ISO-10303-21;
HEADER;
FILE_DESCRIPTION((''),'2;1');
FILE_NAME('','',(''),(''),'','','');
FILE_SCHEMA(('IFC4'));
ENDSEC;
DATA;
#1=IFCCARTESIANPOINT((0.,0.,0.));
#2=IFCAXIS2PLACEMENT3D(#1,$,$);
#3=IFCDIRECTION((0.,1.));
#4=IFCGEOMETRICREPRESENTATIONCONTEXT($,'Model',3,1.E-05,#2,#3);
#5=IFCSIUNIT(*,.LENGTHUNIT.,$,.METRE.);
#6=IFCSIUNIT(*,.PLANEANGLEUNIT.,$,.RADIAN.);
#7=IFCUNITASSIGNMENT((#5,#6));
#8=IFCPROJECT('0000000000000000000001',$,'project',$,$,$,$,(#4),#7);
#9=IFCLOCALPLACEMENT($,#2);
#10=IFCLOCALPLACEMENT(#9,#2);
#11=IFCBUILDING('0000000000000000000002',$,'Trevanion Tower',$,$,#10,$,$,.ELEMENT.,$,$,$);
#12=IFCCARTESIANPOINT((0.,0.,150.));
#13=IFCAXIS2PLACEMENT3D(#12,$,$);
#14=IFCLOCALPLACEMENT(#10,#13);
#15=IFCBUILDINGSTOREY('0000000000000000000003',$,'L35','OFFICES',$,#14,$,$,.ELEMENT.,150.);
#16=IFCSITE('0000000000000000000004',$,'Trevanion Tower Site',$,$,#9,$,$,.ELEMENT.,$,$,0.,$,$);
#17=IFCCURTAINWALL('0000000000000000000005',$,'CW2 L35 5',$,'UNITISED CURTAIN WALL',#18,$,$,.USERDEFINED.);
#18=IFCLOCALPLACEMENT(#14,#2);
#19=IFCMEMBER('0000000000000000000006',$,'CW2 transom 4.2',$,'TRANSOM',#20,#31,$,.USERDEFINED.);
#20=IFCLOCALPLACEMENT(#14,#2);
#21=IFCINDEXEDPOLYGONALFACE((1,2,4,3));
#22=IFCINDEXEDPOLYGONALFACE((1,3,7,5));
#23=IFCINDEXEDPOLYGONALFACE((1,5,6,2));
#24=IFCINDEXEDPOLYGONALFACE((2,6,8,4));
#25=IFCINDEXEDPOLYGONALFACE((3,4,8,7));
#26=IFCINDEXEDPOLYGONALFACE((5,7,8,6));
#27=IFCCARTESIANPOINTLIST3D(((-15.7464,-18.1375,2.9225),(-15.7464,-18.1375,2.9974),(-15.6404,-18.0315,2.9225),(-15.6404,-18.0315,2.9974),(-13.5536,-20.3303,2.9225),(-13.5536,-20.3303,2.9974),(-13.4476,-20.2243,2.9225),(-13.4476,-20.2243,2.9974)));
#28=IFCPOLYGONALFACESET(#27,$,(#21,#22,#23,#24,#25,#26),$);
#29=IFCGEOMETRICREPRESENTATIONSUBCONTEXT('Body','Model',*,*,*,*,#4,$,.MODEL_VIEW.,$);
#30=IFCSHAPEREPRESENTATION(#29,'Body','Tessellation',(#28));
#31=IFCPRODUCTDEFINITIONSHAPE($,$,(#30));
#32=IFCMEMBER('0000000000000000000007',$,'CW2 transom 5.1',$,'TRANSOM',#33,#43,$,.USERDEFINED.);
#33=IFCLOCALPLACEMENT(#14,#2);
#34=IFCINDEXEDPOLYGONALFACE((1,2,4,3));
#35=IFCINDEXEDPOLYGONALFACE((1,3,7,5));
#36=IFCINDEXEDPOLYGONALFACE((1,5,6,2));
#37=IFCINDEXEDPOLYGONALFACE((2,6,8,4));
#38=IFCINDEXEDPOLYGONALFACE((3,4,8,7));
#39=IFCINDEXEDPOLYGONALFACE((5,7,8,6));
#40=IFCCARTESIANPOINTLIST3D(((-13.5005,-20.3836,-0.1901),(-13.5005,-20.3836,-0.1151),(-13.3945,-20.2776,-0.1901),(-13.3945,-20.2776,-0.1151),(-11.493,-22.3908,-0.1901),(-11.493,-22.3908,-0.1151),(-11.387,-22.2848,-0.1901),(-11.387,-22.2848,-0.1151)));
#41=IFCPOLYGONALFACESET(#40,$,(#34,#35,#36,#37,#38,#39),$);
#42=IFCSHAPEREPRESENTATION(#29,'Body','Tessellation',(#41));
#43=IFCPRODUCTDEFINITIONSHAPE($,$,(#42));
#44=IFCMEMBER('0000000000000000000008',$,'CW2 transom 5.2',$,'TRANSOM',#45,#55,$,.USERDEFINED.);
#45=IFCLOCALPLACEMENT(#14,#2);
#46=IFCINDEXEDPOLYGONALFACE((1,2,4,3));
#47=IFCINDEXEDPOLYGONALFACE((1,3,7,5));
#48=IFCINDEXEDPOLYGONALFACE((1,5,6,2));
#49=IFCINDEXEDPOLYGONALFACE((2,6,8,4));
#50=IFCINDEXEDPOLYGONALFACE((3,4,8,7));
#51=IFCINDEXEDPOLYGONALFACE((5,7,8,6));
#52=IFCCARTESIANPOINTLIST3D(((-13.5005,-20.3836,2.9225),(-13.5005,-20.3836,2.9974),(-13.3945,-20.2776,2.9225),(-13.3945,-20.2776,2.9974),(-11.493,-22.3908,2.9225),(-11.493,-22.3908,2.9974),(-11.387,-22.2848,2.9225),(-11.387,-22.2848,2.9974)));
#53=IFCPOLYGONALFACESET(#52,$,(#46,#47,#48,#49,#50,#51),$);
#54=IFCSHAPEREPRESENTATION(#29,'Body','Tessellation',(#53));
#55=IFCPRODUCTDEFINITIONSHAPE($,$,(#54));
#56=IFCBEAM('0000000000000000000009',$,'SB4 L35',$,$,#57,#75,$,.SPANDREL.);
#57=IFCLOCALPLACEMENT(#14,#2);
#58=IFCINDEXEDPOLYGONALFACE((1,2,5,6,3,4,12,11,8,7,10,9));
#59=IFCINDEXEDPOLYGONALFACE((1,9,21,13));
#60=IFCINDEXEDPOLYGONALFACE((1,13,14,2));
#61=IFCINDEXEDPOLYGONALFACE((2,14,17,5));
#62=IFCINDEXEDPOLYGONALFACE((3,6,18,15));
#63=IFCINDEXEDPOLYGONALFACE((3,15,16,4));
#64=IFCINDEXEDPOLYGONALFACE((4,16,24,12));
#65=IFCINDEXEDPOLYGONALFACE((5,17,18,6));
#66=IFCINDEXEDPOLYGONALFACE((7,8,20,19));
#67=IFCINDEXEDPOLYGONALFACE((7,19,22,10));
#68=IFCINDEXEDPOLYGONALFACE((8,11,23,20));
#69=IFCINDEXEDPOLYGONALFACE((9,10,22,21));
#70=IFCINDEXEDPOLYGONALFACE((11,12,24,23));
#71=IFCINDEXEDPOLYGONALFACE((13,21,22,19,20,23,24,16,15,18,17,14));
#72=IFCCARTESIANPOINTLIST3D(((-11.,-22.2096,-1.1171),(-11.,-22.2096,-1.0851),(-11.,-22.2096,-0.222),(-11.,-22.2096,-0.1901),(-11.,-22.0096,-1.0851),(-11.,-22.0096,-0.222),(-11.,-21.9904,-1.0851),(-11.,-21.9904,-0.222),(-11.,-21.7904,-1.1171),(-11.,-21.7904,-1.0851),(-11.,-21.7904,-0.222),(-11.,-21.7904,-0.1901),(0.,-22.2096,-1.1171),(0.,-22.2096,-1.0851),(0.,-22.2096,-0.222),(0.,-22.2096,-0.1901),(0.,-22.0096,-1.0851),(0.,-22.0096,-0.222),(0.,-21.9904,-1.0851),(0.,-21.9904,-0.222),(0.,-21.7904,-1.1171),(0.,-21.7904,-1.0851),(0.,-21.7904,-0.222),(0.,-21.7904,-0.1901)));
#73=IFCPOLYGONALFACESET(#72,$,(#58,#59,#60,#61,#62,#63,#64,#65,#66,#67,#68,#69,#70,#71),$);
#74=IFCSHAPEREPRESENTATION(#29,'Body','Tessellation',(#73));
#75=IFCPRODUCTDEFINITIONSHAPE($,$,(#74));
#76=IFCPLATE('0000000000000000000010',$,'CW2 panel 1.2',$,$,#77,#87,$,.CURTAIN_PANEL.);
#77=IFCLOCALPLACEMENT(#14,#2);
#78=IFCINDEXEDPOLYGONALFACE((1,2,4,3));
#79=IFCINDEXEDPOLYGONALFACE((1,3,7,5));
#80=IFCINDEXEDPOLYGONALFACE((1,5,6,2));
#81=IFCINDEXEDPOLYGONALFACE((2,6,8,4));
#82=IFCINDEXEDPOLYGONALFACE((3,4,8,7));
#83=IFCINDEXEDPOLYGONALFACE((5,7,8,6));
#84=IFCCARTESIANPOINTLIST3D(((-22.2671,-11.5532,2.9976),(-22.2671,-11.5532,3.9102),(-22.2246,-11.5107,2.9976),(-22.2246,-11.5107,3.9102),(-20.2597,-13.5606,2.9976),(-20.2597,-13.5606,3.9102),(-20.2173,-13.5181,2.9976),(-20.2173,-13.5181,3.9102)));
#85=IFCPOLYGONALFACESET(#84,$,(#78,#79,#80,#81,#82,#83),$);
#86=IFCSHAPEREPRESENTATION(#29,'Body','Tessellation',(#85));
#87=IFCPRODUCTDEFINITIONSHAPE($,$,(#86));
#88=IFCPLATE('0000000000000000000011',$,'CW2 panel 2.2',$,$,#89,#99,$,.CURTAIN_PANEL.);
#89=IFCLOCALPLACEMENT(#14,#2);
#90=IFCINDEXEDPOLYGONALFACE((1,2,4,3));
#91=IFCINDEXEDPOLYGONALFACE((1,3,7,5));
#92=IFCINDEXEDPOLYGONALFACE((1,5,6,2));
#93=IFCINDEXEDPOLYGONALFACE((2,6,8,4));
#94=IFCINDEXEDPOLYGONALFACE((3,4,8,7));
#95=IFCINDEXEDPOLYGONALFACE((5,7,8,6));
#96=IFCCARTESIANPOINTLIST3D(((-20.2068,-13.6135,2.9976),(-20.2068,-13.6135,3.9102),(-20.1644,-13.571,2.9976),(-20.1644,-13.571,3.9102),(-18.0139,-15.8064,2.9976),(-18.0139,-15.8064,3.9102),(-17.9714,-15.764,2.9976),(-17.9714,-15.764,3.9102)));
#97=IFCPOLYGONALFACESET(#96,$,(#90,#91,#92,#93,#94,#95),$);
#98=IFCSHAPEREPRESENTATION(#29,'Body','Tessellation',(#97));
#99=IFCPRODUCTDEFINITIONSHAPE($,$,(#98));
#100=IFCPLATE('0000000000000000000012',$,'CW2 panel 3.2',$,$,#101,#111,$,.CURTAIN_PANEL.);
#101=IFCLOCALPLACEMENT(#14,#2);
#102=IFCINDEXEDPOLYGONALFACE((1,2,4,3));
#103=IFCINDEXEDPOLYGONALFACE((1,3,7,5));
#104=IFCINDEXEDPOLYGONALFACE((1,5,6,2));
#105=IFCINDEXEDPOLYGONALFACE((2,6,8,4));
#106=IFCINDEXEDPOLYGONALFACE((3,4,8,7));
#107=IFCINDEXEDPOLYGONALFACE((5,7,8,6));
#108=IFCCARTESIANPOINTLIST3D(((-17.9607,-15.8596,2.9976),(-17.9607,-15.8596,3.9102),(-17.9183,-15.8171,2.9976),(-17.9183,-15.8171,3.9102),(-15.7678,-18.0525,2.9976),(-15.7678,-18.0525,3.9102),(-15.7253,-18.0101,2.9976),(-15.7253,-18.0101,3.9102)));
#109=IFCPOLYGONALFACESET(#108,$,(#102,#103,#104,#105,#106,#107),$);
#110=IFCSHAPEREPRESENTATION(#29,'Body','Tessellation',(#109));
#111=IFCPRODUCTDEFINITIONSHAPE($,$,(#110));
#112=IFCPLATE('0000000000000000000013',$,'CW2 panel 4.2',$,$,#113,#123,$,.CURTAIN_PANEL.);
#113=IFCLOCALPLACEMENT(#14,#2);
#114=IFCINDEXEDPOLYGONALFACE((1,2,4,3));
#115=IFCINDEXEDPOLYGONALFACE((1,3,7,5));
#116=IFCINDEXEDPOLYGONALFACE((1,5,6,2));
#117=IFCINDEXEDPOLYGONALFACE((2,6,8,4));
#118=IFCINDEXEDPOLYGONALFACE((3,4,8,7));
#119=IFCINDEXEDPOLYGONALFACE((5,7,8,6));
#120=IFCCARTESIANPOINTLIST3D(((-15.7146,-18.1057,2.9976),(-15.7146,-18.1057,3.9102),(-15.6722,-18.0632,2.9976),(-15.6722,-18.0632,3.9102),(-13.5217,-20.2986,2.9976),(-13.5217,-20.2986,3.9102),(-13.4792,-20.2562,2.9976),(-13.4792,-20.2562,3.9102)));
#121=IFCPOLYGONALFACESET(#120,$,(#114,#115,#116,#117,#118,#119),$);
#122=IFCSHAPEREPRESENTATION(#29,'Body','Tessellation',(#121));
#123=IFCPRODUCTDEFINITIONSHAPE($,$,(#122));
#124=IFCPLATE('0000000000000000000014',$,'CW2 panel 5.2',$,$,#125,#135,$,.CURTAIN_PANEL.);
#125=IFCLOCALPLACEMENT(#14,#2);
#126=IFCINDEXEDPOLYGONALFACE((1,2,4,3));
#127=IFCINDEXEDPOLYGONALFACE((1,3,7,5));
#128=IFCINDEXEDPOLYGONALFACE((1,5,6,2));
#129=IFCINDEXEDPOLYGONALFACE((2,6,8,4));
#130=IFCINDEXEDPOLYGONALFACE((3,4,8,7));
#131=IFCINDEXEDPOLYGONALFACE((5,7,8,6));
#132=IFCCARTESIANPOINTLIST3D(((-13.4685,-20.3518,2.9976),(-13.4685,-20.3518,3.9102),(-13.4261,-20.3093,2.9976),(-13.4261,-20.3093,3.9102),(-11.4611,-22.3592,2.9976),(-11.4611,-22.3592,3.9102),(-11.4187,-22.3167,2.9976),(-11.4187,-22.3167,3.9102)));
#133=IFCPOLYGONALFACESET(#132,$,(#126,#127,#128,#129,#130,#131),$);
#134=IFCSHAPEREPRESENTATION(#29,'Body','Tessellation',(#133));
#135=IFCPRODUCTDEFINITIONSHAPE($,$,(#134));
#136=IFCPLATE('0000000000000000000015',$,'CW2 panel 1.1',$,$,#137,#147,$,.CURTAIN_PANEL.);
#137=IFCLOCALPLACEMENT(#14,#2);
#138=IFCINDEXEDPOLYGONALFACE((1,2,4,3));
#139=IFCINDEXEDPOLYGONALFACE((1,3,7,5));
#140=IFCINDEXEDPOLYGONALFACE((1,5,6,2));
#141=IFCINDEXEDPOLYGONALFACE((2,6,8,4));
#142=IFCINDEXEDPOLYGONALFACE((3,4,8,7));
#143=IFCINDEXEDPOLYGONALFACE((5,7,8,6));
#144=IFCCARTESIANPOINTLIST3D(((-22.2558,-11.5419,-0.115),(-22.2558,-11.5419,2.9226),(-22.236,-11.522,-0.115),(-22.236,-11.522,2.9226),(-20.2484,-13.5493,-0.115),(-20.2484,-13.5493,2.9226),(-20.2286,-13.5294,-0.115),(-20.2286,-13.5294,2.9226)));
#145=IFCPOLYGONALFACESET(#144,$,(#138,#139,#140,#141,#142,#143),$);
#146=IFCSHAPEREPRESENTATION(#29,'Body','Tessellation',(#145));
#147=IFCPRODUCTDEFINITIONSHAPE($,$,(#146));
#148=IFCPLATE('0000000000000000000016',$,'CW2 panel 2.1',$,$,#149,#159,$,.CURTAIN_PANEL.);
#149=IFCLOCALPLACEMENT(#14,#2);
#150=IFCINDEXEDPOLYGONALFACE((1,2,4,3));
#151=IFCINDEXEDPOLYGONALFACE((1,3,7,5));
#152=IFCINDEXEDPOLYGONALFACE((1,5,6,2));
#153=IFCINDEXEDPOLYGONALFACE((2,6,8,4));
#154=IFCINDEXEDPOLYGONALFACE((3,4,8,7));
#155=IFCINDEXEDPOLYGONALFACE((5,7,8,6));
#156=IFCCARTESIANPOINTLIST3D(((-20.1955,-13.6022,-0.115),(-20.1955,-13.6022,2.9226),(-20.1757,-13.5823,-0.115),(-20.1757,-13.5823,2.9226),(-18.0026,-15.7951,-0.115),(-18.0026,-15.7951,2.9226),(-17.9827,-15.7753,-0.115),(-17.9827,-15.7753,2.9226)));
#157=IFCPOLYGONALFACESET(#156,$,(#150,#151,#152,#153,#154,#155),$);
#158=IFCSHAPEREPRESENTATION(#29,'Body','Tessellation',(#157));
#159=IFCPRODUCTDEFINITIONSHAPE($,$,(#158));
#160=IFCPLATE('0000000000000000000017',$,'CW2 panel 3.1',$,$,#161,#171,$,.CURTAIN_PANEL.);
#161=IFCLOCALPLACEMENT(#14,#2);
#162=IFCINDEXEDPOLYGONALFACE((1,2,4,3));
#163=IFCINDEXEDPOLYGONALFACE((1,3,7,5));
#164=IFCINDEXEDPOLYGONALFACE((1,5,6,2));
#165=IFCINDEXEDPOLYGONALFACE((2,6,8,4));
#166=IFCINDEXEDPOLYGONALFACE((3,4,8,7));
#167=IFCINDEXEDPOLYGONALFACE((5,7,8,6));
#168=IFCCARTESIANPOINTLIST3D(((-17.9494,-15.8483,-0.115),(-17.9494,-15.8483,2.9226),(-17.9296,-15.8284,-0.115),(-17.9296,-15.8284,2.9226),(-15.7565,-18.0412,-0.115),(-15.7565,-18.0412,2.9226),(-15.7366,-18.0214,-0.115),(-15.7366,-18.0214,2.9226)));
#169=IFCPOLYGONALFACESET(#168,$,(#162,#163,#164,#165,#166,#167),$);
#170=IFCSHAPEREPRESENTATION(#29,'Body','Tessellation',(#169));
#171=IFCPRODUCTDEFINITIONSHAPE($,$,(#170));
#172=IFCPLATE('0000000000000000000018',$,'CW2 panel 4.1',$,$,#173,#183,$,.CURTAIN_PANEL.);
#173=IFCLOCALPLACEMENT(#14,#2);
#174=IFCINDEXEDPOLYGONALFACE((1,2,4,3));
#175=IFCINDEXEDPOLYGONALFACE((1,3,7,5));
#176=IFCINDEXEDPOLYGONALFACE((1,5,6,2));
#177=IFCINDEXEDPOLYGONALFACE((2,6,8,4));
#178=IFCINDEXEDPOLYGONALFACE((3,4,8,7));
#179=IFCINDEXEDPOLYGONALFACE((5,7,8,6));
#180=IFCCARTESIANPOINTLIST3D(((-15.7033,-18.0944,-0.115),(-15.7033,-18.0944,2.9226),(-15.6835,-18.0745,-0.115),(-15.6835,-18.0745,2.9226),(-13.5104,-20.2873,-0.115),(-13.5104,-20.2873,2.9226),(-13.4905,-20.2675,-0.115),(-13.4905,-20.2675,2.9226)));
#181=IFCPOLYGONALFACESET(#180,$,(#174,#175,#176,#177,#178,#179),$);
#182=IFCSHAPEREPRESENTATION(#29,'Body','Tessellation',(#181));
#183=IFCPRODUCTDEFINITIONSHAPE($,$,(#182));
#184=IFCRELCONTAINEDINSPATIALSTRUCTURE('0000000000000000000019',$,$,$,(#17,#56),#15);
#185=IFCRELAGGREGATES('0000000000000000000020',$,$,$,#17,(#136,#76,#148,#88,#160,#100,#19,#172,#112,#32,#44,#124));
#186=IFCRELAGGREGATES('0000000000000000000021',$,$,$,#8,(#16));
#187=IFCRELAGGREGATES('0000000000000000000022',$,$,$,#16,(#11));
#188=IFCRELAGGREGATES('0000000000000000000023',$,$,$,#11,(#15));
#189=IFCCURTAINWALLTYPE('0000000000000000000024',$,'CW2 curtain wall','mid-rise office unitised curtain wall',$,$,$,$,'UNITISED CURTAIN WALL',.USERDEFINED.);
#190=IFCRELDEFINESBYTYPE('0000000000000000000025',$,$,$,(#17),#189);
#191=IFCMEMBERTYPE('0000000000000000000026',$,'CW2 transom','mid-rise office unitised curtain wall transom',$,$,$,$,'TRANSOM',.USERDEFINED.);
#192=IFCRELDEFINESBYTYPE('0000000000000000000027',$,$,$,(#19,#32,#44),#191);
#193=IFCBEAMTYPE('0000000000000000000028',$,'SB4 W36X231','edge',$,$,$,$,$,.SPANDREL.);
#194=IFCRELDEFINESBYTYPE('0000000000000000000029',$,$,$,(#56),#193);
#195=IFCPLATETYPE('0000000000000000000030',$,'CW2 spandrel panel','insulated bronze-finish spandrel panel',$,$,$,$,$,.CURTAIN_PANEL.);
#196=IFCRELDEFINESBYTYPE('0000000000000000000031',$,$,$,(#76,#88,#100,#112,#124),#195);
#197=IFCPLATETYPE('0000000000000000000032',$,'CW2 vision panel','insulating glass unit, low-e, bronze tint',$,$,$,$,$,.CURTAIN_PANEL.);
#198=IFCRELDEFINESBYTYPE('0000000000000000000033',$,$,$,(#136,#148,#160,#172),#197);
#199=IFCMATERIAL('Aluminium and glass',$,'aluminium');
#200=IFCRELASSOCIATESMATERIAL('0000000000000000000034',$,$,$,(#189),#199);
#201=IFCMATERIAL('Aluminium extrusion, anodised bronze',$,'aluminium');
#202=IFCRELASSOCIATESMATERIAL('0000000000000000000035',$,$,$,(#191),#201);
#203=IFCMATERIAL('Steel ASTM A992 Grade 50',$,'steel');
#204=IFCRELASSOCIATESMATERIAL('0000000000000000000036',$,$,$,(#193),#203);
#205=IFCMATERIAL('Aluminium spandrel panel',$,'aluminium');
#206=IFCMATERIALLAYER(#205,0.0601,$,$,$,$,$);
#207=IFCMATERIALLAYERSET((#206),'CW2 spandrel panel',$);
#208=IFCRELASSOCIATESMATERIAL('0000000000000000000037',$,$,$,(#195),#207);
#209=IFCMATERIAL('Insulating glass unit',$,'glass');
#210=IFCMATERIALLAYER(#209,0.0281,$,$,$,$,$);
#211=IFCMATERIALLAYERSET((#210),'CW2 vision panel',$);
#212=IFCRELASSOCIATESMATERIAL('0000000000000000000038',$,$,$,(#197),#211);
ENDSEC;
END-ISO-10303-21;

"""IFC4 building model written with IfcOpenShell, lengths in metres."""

from ifc_helpers import new_model, si_unit, direction, frame, origin, origin_2d, place, context, subcontext, project, spatial, rectangle, i_section, extrude, material, layer, layer_set, material_profile, profile_set, type_object, element, aggregate, save


model = new_model("IFC4")

# Units and contexts
model_context = context("Model", 3, precision=1e-05, world=origin(), true_north=direction((0.0, 1.0)))
body_context = subcontext(model_context, "Body", "Model", "MODEL_VIEW")
ifc_project = project(units=[si_unit("LENGTHUNIT", "METRE"), si_unit("PLANEANGLEUNIT", "RADIAN")], contexts=[model_context])

# Site, building, storey
site_placement = place(None, origin())
site = spatial("IfcSite", under=ifc_project, at=site_placement, Name="Trevanion Tower Site", CompositionType="ELEMENT", RefElevation=0.0)
building_placement = place(site_placement, origin())
building = spatial("IfcBuilding", under=site, at=building_placement, Name="Trevanion Tower", CompositionType="ELEMENT")
storey_placement = place(building_placement, frame((0.0, 0.0, 150.0)))
storey = spatial("IfcBuildingStorey", under=building, at=storey_placement, Name="L35", Description="OFFICES", CompositionType="ELEMENT", Elevation=150.0)

# Curtain wall, members
ifc_material_1 = material(Name="Aluminium and glass", Category="aluminium")
curtain_wall_type = type_object("IfcCurtainWallType", Name="CW2 curtain wall", Description="mid-rise office unitised curtain wall", ElementType="UNITISED CURTAIN WALL", PredefinedType="USERDEFINED", material=ifc_material_1)
curtain_wall_placement = place(storey_placement, origin())
curtain_wall = element("IfcCurtainWall", 1, at=curtain_wall_placement, inside=storey, type_object=curtain_wall_type, Name="CW2 L35 5", ObjectType="UNITISED CURTAIN WALL", PredefinedType="USERDEFINED")
ifc_material_2 = material(Name="Aluminium extrusion, anodised bronze", Category="aluminium")
ifc_material_profile_1 = material_profile(ifc_material_2, rectangle(XDim=0.1499, YDim=0.075, at=origin_2d()), Name="CW2 transom")
ifc_profile_set_1 = profile_set([ifc_material_profile_1], Name="Aluminium extrusion, anodised bronze")
member_type_1 = type_object("IfcMemberType", Name="CW2 transom", Description="mid-rise office unitised curtain wall transom", ElementType="TRANSOM", PredefinedType="USERDEFINED", material=ifc_profile_set_1)
member_1_placement = place(storey_placement, frame((-15.6934, -18.0845, 2.96), z_axis=(0.707107, -0.707107, 0.0), x_axis=(0.707107, 0.707107, 0.0)))
member_1 = element("IfcMember", 2, at=member_1_placement, type_object=member_type_1, Name="CW2 transom 4.2", ObjectType="TRANSOM", PredefinedType="USERDEFINED", context=body_context, shape_type="SweptSolid", body=[
    extrude(rectangle(XDim=0.1499, YDim=0.075, at=origin_2d()), origin(), (0.0, 0.0, 1.0), 3.1011),
])
member_2_placement = place(storey_placement, frame((-13.4475, -20.3306, -0.1526), z_axis=(0.70715, -0.707064, 0.0), x_axis=(0.707064, 0.70715, 0.0)))
member_2 = element("IfcMember", 3, at=member_2_placement, type_object=member_type_1, Name="CW2 transom 5.1", ObjectType="TRANSOM", PredefinedType="USERDEFINED", context=body_context, shape_type="SweptSolid", body=[
    extrude(rectangle(XDim=0.1499, YDim=0.075, at=origin_2d()), origin(), (0.0, 0.0, 1.0), 2.8389),
])
member_3_placement = place(storey_placement, frame((-13.4475, -20.3306, 2.96), z_axis=(0.70715, -0.707064, 0.0), x_axis=(0.707064, 0.70715, 0.0)))
member_3 = element("IfcMember", 4, at=member_3_placement, type_object=member_type_1, Name="CW2 transom 5.2", ObjectType="TRANSOM", PredefinedType="USERDEFINED", context=body_context, shape_type="SweptSolid", body=[
    extrude(rectangle(XDim=0.1499, YDim=0.075, at=origin_2d()), origin(), (0.0, 0.0, 1.0), 2.8389),
])

# Beam
ifc_material_3 = material(Name="Steel ASTM A992 Grade 50", Category="steel")
ifc_material_profile_2 = material_profile(ifc_material_3, i_section(OverallWidth=0.4192, OverallDepth=0.927, WebThickness=0.0193, FlangeThickness=0.032, at=origin_2d()), Name="W36X231")
ifc_profile_set_2 = profile_set([ifc_material_profile_2], Name="Steel ASTM A992 Grade 50")
beam_type_1 = type_object("IfcBeamType", Name="SB4 W36X231", Description="edge", PredefinedType="SPANDREL", material=ifc_profile_set_2)
beam_1_placement = place(storey_placement, frame((-11.0, -22.0, -0.6536), z_axis=(1.0, 0.0, 0.0), x_axis=(0.0, 1.0, 0.0)))
element("IfcBeam", 5, at=beam_1_placement, inside=storey, type_object=beam_type_1, Name="SB4 L35", PredefinedType="SPANDREL", context=body_context, shape_type="SweptSolid", body=[
    extrude(i_section(OverallWidth=0.4192, OverallDepth=0.927, WebThickness=0.0193, FlangeThickness=0.032, at=origin_2d()), origin(), (0.0, 0.0, 1.0), 11.0),
])

# Plates
ifc_material_4 = material(Name="Aluminium spandrel panel", Category="aluminium")
ifc_layer_1 = layer(ifc_material_4, 0.0601)
ifc_layer_set_1 = layer_set([ifc_layer_1], Name="CW2 spandrel panel")
plate_type_1 = type_object("IfcPlateType", Name="CW2 spandrel panel", Description="insulated bronze-finish spandrel panel", PredefinedType="CURTAIN_PANEL", material=ifc_layer_set_1)
plate_1_placement = place(storey_placement, frame((-21.2422, -12.5356, 2.9976), z_axis=(0.0, 0.0, 1.0), x_axis=(0.707107, -0.707107, 0.0)))
plate_1 = element("IfcPlate", 6, at=plate_1_placement, type_object=plate_type_1, Name="CW2 panel 1.2", PredefinedType="CURTAIN_PANEL", context=body_context, shape_type="SweptSolid", body=[
    extrude(rectangle(XDim=2.8389, YDim=0.0601, at=origin_2d()), origin(), (0.0, 0.0, 1.0), 0.9126),
])
plate_2_placement = place(storey_placement, frame((-19.0891, -14.6887, 2.9976), z_axis=(0.0, 0.0, 1.0), x_axis=(0.707107, -0.707107, 0.0)))
plate_2 = element("IfcPlate", 7, at=plate_2_placement, type_object=plate_type_1, Name="CW2 panel 2.2", PredefinedType="CURTAIN_PANEL", context=body_context, shape_type="SweptSolid", body=[
    extrude(rectangle(XDim=3.1013, YDim=0.0601, at=origin_2d()), origin(), (0.0, 0.0, 1.0), 0.9126),
])
plate_3_placement = place(storey_placement, frame((-16.843, -16.9348, 2.9976), z_axis=(0.0, 0.0, 1.0), x_axis=(0.707107, -0.707107, 0.0)))
plate_3 = element("IfcPlate", 8, at=plate_3_placement, type_object=plate_type_1, Name="CW2 panel 3.2", PredefinedType="CURTAIN_PANEL", context=body_context, shape_type="SweptSolid", body=[
    extrude(rectangle(XDim=3.1013, YDim=0.0601, at=origin_2d()), origin(), (0.0, 0.0, 1.0), 0.9126),
])
plate_4_placement = place(storey_placement, frame((-14.5969, -19.1809, 2.9976), z_axis=(0.0, 0.0, 1.0), x_axis=(0.707107, -0.707107, 0.0)))
plate_4 = element("IfcPlate", 9, at=plate_4_placement, type_object=plate_type_1, Name="CW2 panel 4.2", PredefinedType="CURTAIN_PANEL", context=body_context, shape_type="SweptSolid", body=[
    extrude(rectangle(XDim=3.1013, YDim=0.0601, at=origin_2d()), origin(), (0.0, 0.0, 1.0), 0.9126),
])
plate_5_placement = place(storey_placement, frame((-12.4436, -21.3342, 2.9976), z_axis=(0.0, 0.0, 1.0), x_axis=(0.707107, -0.707107, 0.0)))
plate_5 = element("IfcPlate", 10, at=plate_5_placement, type_object=plate_type_1, Name="CW2 panel 5.2", PredefinedType="CURTAIN_PANEL", context=body_context, shape_type="SweptSolid", body=[
    extrude(rectangle(XDim=2.8389, YDim=0.0601, at=origin_2d()), origin(), (0.0, 0.0, 1.0), 0.9126),
])
ifc_material_5 = material(Name="Insulating glass unit", Category="glass")
ifc_layer_2 = layer(ifc_material_5, 0.0281)
ifc_layer_set_2 = layer_set([ifc_layer_2], Name="CW2 vision panel")
plate_type_2 = type_object("IfcPlateType", Name="CW2 vision panel", Description="insulating glass unit, low-e, bronze tint", PredefinedType="CURTAIN_PANEL", material=ifc_layer_set_2)
plate_6_placement = place(storey_placement, frame((-21.2422, -12.5356, -0.115), z_axis=(0.0, 0.0, 1.0), x_axis=(0.707107, -0.707107, 0.0)))
plate_6 = element("IfcPlate", 11, at=plate_6_placement, type_object=plate_type_2, Name="CW2 panel 1.1", PredefinedType="CURTAIN_PANEL", context=body_context, shape_type="SweptSolid", body=[
    extrude(rectangle(XDim=2.8389, YDim=0.0281, at=origin_2d()), origin(), (0.0, 0.0, 1.0), 3.0376),
])
plate_7_placement = place(storey_placement, frame((-19.0891, -14.6887, -0.115), z_axis=(0.0, 0.0, 1.0), x_axis=(0.707107, -0.707107, 0.0)))
plate_7 = element("IfcPlate", 12, at=plate_7_placement, type_object=plate_type_2, Name="CW2 panel 2.1", PredefinedType="CURTAIN_PANEL", context=body_context, shape_type="SweptSolid", body=[
    extrude(rectangle(XDim=3.1013, YDim=0.0281, at=origin_2d()), origin(), (0.0, 0.0, 1.0), 3.0376),
])
plate_8_placement = place(storey_placement, frame((-16.843, -16.9348, -0.115), z_axis=(0.0, 0.0, 1.0), x_axis=(0.707107, -0.707107, 0.0)))
plate_8 = element("IfcPlate", 13, at=plate_8_placement, type_object=plate_type_2, Name="CW2 panel 3.1", PredefinedType="CURTAIN_PANEL", context=body_context, shape_type="SweptSolid", body=[
    extrude(rectangle(XDim=3.1013, YDim=0.0281, at=origin_2d()), origin(), (0.0, 0.0, 1.0), 3.0376),
])
plate_9_placement = place(storey_placement, frame((-14.5969, -19.1809, -0.115), z_axis=(0.0, 0.0, 1.0), x_axis=(0.707107, -0.707107, 0.0)))
plate_9 = element("IfcPlate", 14, at=plate_9_placement, type_object=plate_type_2, Name="CW2 panel 4.1", PredefinedType="CURTAIN_PANEL", context=body_context, shape_type="SweptSolid", body=[
    extrude(rectangle(XDim=3.1013, YDim=0.0281, at=origin_2d()), origin(), (0.0, 0.0, 1.0), 3.0376),
])
aggregate(curtain_wall, [plate_6, plate_1, plate_7, plate_2, plate_8, plate_3, member_1, plate_9, plate_4, member_2, member_3, plate_5])

save(model, "model.ifc")
